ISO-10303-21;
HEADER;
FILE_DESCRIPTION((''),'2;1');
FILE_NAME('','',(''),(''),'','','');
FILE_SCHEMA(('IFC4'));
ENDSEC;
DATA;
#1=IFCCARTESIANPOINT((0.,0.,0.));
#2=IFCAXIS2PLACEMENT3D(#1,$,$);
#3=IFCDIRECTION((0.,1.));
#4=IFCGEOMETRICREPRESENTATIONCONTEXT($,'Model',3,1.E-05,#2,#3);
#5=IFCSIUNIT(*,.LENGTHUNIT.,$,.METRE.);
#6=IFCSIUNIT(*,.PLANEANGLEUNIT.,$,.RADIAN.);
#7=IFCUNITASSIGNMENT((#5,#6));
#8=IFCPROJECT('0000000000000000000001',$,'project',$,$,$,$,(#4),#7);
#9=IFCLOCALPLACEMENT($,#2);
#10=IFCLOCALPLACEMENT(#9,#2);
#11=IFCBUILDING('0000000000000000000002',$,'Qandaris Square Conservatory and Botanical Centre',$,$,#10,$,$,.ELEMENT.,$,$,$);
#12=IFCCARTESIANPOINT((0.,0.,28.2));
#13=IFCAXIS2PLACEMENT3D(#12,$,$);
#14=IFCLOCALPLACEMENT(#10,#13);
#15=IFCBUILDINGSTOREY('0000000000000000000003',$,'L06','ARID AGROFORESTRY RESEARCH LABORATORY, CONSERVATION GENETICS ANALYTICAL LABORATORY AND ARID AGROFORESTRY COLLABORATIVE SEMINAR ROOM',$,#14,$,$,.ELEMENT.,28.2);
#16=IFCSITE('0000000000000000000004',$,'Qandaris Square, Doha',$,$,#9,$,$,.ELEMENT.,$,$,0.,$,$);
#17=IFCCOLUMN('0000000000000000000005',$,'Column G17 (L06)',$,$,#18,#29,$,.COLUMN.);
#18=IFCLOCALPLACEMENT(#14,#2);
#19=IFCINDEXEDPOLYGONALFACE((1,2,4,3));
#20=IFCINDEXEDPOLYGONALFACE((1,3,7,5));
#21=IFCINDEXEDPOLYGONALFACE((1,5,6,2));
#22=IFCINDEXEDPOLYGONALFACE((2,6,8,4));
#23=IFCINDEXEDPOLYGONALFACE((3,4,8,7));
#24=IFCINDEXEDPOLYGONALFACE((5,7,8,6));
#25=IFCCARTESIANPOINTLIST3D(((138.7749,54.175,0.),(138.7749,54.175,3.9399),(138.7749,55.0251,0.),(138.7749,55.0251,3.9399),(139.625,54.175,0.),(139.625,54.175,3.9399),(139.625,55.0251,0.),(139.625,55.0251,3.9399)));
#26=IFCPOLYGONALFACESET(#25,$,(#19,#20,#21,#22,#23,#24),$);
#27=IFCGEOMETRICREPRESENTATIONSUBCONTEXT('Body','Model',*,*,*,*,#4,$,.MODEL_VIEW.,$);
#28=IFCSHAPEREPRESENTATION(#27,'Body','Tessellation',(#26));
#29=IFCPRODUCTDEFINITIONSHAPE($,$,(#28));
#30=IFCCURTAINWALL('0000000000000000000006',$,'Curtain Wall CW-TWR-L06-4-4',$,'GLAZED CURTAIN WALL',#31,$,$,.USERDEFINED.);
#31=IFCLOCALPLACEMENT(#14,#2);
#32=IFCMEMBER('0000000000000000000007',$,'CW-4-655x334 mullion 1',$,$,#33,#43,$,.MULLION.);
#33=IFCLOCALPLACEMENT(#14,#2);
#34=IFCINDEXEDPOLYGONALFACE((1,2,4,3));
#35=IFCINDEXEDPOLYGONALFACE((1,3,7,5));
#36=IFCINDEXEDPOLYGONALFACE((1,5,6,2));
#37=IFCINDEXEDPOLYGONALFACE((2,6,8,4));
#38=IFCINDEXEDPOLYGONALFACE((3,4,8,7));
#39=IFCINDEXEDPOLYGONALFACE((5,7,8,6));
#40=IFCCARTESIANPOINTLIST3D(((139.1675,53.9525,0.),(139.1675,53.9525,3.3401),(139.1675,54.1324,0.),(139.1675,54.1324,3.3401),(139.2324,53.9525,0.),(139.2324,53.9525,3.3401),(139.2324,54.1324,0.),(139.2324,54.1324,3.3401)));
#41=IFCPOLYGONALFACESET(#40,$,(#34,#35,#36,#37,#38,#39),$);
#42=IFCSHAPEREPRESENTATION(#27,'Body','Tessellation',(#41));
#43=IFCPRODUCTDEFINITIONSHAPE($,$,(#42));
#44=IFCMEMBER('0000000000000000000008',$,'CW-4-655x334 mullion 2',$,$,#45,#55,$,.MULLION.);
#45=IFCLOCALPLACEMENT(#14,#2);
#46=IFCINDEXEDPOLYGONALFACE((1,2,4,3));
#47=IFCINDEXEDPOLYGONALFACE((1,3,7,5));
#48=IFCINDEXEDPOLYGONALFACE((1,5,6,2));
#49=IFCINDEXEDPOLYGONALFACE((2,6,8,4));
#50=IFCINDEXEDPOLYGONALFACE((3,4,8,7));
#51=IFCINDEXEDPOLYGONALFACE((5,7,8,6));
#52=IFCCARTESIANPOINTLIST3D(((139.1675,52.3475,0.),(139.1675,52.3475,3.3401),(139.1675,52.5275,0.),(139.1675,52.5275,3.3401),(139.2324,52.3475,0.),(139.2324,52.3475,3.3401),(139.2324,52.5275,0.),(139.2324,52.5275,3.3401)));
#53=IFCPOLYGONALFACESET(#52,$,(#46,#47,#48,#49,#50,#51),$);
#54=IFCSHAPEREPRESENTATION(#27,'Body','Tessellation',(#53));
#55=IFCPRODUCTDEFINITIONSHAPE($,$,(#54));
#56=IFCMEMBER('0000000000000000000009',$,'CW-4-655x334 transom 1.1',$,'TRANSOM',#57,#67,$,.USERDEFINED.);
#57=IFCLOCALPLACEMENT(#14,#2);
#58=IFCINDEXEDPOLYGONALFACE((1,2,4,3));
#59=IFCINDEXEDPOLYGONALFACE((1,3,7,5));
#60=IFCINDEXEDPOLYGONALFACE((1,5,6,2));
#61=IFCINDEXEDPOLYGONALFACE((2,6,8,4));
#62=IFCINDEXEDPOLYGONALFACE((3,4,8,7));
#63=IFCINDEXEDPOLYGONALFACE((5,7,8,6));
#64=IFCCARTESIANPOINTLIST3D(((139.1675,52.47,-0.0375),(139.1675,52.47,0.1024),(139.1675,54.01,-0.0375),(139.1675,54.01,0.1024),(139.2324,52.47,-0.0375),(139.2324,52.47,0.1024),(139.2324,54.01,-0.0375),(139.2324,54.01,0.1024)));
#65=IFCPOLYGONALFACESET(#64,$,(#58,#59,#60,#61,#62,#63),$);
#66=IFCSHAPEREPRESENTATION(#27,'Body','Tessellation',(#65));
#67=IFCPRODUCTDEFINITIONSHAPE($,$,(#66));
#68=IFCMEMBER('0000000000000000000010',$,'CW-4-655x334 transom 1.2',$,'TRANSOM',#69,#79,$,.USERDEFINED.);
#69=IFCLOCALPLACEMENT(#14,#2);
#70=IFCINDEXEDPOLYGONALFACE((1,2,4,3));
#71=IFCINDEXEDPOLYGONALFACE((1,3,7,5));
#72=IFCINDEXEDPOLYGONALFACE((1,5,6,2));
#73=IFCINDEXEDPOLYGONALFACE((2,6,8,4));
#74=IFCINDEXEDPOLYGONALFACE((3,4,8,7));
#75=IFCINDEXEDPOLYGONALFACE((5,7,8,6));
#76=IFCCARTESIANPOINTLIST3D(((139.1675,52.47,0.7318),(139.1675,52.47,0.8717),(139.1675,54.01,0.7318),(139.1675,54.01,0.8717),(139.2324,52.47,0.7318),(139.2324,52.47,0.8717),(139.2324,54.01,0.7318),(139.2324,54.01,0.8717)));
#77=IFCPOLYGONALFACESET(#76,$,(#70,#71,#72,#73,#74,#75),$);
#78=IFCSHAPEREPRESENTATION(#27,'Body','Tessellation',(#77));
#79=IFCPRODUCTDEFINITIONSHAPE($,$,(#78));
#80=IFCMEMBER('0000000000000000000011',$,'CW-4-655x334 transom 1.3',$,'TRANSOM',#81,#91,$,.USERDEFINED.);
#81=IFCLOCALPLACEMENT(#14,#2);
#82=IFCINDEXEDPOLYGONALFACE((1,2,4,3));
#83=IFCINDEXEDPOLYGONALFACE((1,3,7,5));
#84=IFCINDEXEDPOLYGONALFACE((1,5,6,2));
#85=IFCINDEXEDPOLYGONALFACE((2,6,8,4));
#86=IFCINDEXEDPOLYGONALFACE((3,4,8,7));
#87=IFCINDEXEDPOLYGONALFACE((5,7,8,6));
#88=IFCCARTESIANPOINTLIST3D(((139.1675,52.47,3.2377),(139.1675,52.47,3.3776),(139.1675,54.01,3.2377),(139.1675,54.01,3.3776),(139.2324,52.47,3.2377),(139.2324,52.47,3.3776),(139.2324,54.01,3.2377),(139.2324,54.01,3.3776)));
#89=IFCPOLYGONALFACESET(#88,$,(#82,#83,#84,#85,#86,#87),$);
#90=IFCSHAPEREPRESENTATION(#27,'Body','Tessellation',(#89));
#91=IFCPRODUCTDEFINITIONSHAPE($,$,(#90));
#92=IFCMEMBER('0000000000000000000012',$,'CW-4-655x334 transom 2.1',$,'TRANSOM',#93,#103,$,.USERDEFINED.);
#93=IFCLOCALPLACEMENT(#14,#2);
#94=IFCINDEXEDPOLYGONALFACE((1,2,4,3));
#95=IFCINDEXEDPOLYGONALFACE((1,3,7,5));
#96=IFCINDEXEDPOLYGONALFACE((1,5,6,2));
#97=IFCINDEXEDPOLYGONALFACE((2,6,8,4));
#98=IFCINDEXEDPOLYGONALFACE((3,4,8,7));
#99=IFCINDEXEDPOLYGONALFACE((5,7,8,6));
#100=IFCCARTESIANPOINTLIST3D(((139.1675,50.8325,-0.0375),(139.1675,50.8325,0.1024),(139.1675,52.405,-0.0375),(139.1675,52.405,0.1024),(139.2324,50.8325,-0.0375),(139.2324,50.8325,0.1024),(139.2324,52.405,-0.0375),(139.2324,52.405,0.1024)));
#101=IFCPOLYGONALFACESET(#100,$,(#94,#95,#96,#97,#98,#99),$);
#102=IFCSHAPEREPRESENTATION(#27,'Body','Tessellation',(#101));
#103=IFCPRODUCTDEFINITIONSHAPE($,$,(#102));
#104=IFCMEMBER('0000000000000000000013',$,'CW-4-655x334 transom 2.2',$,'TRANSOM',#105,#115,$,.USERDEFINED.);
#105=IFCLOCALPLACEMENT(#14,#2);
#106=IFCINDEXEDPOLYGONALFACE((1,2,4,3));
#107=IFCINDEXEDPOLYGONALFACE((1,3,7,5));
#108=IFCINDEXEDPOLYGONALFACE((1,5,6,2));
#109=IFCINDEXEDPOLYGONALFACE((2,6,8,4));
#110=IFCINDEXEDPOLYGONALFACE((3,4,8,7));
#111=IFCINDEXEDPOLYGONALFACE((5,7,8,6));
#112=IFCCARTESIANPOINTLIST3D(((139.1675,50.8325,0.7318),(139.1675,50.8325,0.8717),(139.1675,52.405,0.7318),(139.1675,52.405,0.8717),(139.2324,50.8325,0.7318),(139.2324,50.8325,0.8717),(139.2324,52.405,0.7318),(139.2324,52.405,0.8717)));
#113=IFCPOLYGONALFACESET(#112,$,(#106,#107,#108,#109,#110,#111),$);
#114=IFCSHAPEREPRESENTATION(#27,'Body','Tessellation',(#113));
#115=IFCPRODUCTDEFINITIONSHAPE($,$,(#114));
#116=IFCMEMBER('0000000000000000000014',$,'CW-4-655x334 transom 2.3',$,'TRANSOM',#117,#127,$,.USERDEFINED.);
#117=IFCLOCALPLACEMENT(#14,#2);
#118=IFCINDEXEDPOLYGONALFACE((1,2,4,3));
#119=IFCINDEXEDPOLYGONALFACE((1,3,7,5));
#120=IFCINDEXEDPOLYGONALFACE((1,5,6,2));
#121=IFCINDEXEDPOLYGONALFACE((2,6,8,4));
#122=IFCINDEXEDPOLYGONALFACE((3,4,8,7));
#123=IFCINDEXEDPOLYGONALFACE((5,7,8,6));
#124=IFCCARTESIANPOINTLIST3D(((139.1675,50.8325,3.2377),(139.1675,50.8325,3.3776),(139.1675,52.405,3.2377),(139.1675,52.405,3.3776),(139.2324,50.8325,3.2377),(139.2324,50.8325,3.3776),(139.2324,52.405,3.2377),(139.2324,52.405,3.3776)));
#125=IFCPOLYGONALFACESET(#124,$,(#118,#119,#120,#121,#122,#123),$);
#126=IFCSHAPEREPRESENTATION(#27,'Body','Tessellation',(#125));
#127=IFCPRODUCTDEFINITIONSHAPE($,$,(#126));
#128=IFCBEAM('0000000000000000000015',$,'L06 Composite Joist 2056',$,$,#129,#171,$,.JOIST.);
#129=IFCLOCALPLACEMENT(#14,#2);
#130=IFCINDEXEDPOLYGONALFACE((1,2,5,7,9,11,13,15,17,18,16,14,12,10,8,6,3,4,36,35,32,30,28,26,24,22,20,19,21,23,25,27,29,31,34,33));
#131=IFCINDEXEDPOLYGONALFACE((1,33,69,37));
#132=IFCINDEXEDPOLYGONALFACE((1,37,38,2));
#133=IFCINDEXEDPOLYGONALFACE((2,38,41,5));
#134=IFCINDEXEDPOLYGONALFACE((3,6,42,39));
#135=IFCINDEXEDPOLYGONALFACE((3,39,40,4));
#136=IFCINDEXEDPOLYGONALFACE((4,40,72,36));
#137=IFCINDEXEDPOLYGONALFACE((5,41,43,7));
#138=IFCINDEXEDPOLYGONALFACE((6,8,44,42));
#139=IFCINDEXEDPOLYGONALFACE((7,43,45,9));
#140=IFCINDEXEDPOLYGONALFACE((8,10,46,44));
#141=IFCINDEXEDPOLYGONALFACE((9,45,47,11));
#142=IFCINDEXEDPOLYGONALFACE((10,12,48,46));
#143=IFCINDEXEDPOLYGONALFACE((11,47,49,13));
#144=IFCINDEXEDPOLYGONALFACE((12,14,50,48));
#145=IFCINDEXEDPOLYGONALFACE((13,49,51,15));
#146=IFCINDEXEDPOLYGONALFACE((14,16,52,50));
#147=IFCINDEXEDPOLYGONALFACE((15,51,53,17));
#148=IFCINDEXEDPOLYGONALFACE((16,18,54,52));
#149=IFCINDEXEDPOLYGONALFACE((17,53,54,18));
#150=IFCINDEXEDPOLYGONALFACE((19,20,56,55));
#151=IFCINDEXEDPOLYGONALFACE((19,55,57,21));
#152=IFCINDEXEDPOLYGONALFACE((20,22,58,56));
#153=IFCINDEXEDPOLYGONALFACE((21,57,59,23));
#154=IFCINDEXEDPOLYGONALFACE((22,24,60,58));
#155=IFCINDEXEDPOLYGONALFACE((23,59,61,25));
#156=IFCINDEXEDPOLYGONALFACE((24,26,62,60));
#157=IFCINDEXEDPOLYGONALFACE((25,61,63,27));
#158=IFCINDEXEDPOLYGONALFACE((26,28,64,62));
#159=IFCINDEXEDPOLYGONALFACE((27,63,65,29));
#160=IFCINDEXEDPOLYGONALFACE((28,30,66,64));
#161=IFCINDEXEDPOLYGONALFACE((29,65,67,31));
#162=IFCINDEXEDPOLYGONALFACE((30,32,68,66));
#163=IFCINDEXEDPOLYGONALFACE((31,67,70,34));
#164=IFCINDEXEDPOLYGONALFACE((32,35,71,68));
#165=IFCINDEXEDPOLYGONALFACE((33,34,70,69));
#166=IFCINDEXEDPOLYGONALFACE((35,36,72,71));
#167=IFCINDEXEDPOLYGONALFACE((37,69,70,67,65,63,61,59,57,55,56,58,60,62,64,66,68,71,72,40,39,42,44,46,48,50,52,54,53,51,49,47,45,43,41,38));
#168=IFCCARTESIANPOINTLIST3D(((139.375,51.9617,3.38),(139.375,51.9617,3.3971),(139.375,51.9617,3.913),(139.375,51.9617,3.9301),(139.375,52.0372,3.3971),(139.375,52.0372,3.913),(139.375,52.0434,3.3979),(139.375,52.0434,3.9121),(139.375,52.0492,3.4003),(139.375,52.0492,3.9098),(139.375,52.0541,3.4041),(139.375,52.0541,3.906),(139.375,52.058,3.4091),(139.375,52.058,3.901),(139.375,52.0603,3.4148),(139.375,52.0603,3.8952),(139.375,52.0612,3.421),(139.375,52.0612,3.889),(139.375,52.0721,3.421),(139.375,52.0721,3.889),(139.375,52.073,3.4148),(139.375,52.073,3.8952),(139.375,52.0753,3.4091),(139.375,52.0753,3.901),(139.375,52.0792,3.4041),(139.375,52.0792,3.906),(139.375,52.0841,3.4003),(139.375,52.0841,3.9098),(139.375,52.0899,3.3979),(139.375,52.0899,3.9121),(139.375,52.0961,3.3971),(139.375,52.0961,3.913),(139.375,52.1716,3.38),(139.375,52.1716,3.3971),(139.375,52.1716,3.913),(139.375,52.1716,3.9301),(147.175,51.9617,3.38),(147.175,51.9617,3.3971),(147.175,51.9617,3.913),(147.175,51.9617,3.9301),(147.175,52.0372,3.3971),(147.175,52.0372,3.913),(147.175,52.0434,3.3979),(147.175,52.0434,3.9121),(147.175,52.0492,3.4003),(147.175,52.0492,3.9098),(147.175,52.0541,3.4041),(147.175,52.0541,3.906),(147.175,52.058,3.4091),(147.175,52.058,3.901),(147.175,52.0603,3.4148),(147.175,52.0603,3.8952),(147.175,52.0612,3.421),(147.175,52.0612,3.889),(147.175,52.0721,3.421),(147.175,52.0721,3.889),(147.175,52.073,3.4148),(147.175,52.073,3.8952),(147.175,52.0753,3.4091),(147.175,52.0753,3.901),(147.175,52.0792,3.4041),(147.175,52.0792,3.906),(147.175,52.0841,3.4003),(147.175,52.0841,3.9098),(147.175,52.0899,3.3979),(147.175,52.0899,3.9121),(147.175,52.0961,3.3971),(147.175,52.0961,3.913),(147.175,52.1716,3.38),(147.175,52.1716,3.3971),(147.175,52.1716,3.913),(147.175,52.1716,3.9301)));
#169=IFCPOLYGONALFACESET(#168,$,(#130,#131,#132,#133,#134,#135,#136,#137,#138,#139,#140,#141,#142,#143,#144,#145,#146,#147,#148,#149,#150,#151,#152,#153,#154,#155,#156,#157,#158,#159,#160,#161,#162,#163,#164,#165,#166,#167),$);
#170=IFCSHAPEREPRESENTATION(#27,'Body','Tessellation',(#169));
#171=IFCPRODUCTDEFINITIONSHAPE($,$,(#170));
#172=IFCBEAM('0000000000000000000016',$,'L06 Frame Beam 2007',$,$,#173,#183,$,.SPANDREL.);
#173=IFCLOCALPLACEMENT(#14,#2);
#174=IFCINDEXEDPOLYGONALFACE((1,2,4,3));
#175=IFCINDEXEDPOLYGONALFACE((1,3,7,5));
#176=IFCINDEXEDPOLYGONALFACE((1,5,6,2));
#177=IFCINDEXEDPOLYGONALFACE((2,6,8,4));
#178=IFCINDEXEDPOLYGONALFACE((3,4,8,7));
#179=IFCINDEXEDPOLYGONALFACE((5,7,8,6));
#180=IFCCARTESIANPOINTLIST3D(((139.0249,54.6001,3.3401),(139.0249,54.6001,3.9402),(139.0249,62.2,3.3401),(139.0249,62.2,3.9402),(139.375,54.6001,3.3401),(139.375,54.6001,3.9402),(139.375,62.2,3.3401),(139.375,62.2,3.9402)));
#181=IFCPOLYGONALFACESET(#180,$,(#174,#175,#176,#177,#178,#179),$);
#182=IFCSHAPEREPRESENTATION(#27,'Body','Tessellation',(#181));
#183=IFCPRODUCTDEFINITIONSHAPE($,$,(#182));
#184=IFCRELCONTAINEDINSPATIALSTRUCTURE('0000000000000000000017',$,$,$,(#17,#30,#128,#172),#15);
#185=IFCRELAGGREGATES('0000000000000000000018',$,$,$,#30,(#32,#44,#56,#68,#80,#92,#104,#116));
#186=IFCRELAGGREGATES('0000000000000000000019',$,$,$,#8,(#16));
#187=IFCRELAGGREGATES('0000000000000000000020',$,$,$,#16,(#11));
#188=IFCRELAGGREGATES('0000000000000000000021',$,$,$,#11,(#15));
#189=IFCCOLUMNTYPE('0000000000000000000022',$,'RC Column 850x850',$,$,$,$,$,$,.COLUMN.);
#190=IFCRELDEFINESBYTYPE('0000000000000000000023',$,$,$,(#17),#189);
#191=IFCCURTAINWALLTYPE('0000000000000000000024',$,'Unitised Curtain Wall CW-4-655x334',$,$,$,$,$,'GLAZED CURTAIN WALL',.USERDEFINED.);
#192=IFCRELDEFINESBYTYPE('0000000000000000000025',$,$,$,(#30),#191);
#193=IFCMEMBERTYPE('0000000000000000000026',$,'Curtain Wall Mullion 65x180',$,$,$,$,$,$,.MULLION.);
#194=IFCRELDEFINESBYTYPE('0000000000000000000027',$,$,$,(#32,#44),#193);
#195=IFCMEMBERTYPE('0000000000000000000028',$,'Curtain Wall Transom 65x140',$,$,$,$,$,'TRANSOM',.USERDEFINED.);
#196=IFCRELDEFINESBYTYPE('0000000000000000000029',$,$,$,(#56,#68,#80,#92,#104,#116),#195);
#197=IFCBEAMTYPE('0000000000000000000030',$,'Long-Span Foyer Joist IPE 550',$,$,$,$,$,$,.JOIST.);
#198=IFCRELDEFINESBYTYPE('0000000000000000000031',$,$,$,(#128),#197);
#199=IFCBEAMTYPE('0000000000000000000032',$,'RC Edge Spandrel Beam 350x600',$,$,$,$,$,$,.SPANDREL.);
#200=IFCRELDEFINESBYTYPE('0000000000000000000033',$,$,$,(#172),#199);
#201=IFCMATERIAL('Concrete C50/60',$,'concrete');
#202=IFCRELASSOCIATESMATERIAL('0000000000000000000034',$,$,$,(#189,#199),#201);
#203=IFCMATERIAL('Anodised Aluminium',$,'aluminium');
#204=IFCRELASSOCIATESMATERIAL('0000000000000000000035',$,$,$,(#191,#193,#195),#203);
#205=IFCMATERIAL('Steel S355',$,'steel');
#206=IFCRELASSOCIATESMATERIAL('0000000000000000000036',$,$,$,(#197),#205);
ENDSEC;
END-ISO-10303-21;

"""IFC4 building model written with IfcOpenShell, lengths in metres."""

from ifc_helpers import new_model, si_unit, direction, frame, origin, origin_2d, place, context, subcontext, project, spatial, rectangle, i_section, extrude, material, material_profile, profile_set, type_object, element, aggregate, save


model = new_model("IFC4")

# Units and contexts
model_context = context("Model", 3, precision=1e-05, world=origin(), true_north=direction((0.0, 1.0)))
body_context = subcontext(model_context, "Body", "Model", "MODEL_VIEW")
ifc_project = project(units=[si_unit("LENGTHUNIT", "METRE"), si_unit("PLANEANGLEUNIT", "RADIAN")], contexts=[model_context])

# Site, building, storey
site_placement = place(None, origin())
site = spatial("IfcSite", under=ifc_project, at=site_placement, Name="Qandaris Square, Doha", CompositionType="ELEMENT", RefElevation=0.0)
building_placement = place(site_placement, origin())
building = spatial("IfcBuilding", under=site, at=building_placement, Name="Qandaris Square Conservatory and Botanical Centre", CompositionType="ELEMENT")
storey_placement = place(building_placement, frame((0.0, 0.0, 28.2)))
storey = spatial("IfcBuildingStorey", under=building, at=storey_placement, Name="L06", Description="ARID AGROFORESTRY RESEARCH LABORATORY, CONSERVATION GENETICS ANALYTICAL LABORATORY AND ARID AGROFORESTRY COLLABORATIVE SEMINAR ROOM", CompositionType="ELEMENT", Elevation=28.2)

# Column
ifc_material_1 = material(Name="Concrete C50/60", Category="concrete")
ifc_material_profile_1 = material_profile(ifc_material_1, rectangle(XDim=0.8501, YDim=0.8501, at=origin_2d()), Name="RC-COL 850x850")
ifc_profile_set_1 = profile_set([ifc_material_profile_1], Name="Concrete C50/60")
column_type = type_object("IfcColumnType", Name="RC Column 850x850", PredefinedType="COLUMN", material=ifc_profile_set_1)
column_placement = place(storey_placement, frame((139.2, 54.6001, 0.0), z_axis=(0.0, 0.0, 1.0), x_axis=(1.0, 0.0, 0.0)))
element("IfcColumn", 1, at=column_placement, inside=storey, type_object=column_type, Name="Column G17 (L06)", PredefinedType="COLUMN", context=body_context, shape_type="SweptSolid", body=[
    extrude(rectangle(XDim=0.8501, YDim=0.8501, at=origin_2d()), origin(), (0.0, 0.0, 1.0), 3.9399),
])

# Curtain wall, members
ifc_material_2 = material(Name="Anodised Aluminium", Category="aluminium")
curtain_wall_type = type_object("IfcCurtainWallType", Name="Unitised Curtain Wall CW-4-655x334", ElementType="GLAZED CURTAIN WALL", PredefinedType="USERDEFINED", material=ifc_material_2)
curtain_wall_placement = place(storey_placement, origin())
curtain_wall = element("IfcCurtainWall", 2, at=curtain_wall_placement, inside=storey, type_object=curtain_wall_type, Name="Curtain Wall CW-TWR-L06-4-4", ObjectType="GLAZED CURTAIN WALL", PredefinedType="USERDEFINED")
ifc_material_profile_2 = material_profile(ifc_material_2, rectangle(XDim=0.0649, YDim=0.1799, at=origin_2d()), Name="ALU-MUL 65x180")
ifc_profile_set_2 = profile_set([ifc_material_profile_2], Name="Anodised Aluminium")
member_type_1 = type_object("IfcMemberType", Name="Curtain Wall Mullion 65x180", PredefinedType="MULLION", material=ifc_profile_set_2)
member_1_placement = place(storey_placement, frame((139.2, 54.0425, 0.0), z_axis=(0.0, 0.0, 1.0), x_axis=(1.0, 0.0, 0.0)))
member_1 = element("IfcMember", 3, at=member_1_placement, type_object=member_type_1, Name="CW-4-655x334 mullion 1", PredefinedType="MULLION", context=body_context, shape_type="SweptSolid", body=[
    extrude(rectangle(XDim=0.0649, YDim=0.1799, at=origin_2d()), origin(), (0.0, 0.0, 1.0), 3.3401),
])
member_2_placement = place(storey_placement, frame((139.2, 52.4375, 0.0), z_axis=(0.0, 0.0, 1.0), x_axis=(1.0, 0.0, 0.0)))
member_2 = element("IfcMember", 4, at=member_2_placement, type_object=member_type_1, Name="CW-4-655x334 mullion 2", PredefinedType="MULLION", context=body_context, shape_type="SweptSolid", body=[
    extrude(rectangle(XDim=0.0649, YDim=0.1799, at=origin_2d()), origin(), (0.0, 0.0, 1.0), 3.3401),
])
ifc_material_profile_3 = material_profile(ifc_material_2, rectangle(XDim=0.0649, YDim=0.1399, at=origin_2d()), Name="ALU-TRN 65x140")
ifc_profile_set_3 = profile_set([ifc_material_profile_3], Name="Anodised Aluminium")
member_type_2 = type_object("IfcMemberType", Name="Curtain Wall Transom 65x140", ElementType="TRANSOM", PredefinedType="USERDEFINED", material=ifc_profile_set_3)
member_3_placement = place(storey_placement, frame((139.2, 54.01, 0.0325), z_axis=(0.0, -1.0, 0.0), x_axis=(1.0, 0.0, 0.0)))
member_3 = element("IfcMember", 5, at=member_3_placement, type_object=member_type_2, Name="CW-4-655x334 transom 1.1", ObjectType="TRANSOM", PredefinedType="USERDEFINED", context=body_context, shape_type="SweptSolid", body=[
    extrude(rectangle(XDim=0.0649, YDim=0.1399, at=origin_2d()), origin(), (0.0, 0.0, 1.0), 1.54),
])
member_4_placement = place(storey_placement, frame((139.2, 54.01, 0.8018), z_axis=(0.0, -1.0, 0.0), x_axis=(1.0, 0.0, 0.0)))
member_4 = element("IfcMember", 6, at=member_4_placement, type_object=member_type_2, Name="CW-4-655x334 transom 1.2", ObjectType="TRANSOM", PredefinedType="USERDEFINED", context=body_context, shape_type="SweptSolid", body=[
    extrude(rectangle(XDim=0.0649, YDim=0.1399, at=origin_2d()), origin(), (0.0, 0.0, 1.0), 1.54),
])
member_5_placement = place(storey_placement, frame((139.2, 54.01, 3.3076), z_axis=(0.0, -1.0, 0.0), x_axis=(1.0, 0.0, 0.0)))
member_5 = element("IfcMember", 7, at=member_5_placement, type_object=member_type_2, Name="CW-4-655x334 transom 1.3", ObjectType="TRANSOM", PredefinedType="USERDEFINED", context=body_context, shape_type="SweptSolid", body=[
    extrude(rectangle(XDim=0.0649, YDim=0.1399, at=origin_2d()), origin(), (0.0, 0.0, 1.0), 1.54),
])
member_6_placement = place(storey_placement, frame((139.2, 52.405, 0.0325), z_axis=(0.0, -1.0, 0.0), x_axis=(1.0, 0.0, 0.0)))
member_6 = element("IfcMember", 8, at=member_6_placement, type_object=member_type_2, Name="CW-4-655x334 transom 2.1", ObjectType="TRANSOM", PredefinedType="USERDEFINED", context=body_context, shape_type="SweptSolid", body=[
    extrude(rectangle(XDim=0.0649, YDim=0.1399, at=origin_2d()), origin(), (0.0, 0.0, 1.0), 1.5725),
])
member_7_placement = place(storey_placement, frame((139.2, 52.405, 0.8018), z_axis=(0.0, -1.0, 0.0), x_axis=(1.0, 0.0, 0.0)))
member_7 = element("IfcMember", 9, at=member_7_placement, type_object=member_type_2, Name="CW-4-655x334 transom 2.2", ObjectType="TRANSOM", PredefinedType="USERDEFINED", context=body_context, shape_type="SweptSolid", body=[
    extrude(rectangle(XDim=0.0649, YDim=0.1399, at=origin_2d()), origin(), (0.0, 0.0, 1.0), 1.5725),
])
member_8_placement = place(storey_placement, frame((139.2, 52.405, 3.3076), z_axis=(0.0, -1.0, 0.0), x_axis=(1.0, 0.0, 0.0)))
member_8 = element("IfcMember", 10, at=member_8_placement, type_object=member_type_2, Name="CW-4-655x334 transom 2.3", ObjectType="TRANSOM", PredefinedType="USERDEFINED", context=body_context, shape_type="SweptSolid", body=[
    extrude(rectangle(XDim=0.0649, YDim=0.1399, at=origin_2d()), origin(), (0.0, 0.0, 1.0), 1.5725),
])

# Beams
ifc_material_3 = material(Name="Steel S355", Category="steel")
ifc_material_profile_4 = material_profile(ifc_material_3, i_section(OverallWidth=0.21, OverallDepth=0.55, WebThickness=0.011, FlangeThickness=0.0171, FilletRadius=0.0239, at=origin_2d()), Name="IPE 550")
ifc_profile_set_4 = profile_set([ifc_material_profile_4], Name="Steel S355")
beam_type_1 = type_object("IfcBeamType", Name="Long-Span Foyer Joist IPE 550", PredefinedType="JOIST", material=ifc_profile_set_4)
beam_1_placement = place(storey_placement, frame((139.375, 52.0667, 3.655), z_axis=(1.0, 0.0, 0.0), x_axis=(0.0, 1.0, 0.0)))
element("IfcBeam", 11, at=beam_1_placement, inside=storey, type_object=beam_type_1, Name="L06 Composite Joist 2056", PredefinedType="JOIST", context=body_context, shape_type="SweptSolid", body=[
    extrude(i_section(OverallWidth=0.21, OverallDepth=0.55, WebThickness=0.011, FlangeThickness=0.0171, FilletRadius=0.0239, at=origin_2d()), origin(), (0.0, 0.0, 1.0), 7.8),
])
ifc_material_profile_5 = material_profile(ifc_material_1, rectangle(XDim=0.3501, YDim=0.6001, at=origin_2d()), Name="RC-SP 350x600")
ifc_profile_set_5 = profile_set([ifc_material_profile_5], Name="Concrete C50/60")
beam_type_2 = type_object("IfcBeamType", Name="RC Edge Spandrel Beam 350x600", PredefinedType="SPANDREL", material=ifc_profile_set_5)
beam_2_placement = place(storey_placement, frame((139.2, 54.6001, 3.6401), z_axis=(0.0, 1.0, 0.0), x_axis=(-1.0, 0.0, 0.0)))
element("IfcBeam", 12, at=beam_2_placement, inside=storey, type_object=beam_type_2, Name="L06 Frame Beam 2007", PredefinedType="SPANDREL", context=body_context, shape_type="SweptSolid", body=[
    extrude(rectangle(XDim=0.3501, YDim=0.6001, at=origin_2d()), origin(), (0.0, 0.0, 1.0), 7.5999),
])

aggregate(curtain_wall, [member_1, member_2, member_3, member_4, member_5, member_6, member_7, member_8])

save(model, "model.ifc")
